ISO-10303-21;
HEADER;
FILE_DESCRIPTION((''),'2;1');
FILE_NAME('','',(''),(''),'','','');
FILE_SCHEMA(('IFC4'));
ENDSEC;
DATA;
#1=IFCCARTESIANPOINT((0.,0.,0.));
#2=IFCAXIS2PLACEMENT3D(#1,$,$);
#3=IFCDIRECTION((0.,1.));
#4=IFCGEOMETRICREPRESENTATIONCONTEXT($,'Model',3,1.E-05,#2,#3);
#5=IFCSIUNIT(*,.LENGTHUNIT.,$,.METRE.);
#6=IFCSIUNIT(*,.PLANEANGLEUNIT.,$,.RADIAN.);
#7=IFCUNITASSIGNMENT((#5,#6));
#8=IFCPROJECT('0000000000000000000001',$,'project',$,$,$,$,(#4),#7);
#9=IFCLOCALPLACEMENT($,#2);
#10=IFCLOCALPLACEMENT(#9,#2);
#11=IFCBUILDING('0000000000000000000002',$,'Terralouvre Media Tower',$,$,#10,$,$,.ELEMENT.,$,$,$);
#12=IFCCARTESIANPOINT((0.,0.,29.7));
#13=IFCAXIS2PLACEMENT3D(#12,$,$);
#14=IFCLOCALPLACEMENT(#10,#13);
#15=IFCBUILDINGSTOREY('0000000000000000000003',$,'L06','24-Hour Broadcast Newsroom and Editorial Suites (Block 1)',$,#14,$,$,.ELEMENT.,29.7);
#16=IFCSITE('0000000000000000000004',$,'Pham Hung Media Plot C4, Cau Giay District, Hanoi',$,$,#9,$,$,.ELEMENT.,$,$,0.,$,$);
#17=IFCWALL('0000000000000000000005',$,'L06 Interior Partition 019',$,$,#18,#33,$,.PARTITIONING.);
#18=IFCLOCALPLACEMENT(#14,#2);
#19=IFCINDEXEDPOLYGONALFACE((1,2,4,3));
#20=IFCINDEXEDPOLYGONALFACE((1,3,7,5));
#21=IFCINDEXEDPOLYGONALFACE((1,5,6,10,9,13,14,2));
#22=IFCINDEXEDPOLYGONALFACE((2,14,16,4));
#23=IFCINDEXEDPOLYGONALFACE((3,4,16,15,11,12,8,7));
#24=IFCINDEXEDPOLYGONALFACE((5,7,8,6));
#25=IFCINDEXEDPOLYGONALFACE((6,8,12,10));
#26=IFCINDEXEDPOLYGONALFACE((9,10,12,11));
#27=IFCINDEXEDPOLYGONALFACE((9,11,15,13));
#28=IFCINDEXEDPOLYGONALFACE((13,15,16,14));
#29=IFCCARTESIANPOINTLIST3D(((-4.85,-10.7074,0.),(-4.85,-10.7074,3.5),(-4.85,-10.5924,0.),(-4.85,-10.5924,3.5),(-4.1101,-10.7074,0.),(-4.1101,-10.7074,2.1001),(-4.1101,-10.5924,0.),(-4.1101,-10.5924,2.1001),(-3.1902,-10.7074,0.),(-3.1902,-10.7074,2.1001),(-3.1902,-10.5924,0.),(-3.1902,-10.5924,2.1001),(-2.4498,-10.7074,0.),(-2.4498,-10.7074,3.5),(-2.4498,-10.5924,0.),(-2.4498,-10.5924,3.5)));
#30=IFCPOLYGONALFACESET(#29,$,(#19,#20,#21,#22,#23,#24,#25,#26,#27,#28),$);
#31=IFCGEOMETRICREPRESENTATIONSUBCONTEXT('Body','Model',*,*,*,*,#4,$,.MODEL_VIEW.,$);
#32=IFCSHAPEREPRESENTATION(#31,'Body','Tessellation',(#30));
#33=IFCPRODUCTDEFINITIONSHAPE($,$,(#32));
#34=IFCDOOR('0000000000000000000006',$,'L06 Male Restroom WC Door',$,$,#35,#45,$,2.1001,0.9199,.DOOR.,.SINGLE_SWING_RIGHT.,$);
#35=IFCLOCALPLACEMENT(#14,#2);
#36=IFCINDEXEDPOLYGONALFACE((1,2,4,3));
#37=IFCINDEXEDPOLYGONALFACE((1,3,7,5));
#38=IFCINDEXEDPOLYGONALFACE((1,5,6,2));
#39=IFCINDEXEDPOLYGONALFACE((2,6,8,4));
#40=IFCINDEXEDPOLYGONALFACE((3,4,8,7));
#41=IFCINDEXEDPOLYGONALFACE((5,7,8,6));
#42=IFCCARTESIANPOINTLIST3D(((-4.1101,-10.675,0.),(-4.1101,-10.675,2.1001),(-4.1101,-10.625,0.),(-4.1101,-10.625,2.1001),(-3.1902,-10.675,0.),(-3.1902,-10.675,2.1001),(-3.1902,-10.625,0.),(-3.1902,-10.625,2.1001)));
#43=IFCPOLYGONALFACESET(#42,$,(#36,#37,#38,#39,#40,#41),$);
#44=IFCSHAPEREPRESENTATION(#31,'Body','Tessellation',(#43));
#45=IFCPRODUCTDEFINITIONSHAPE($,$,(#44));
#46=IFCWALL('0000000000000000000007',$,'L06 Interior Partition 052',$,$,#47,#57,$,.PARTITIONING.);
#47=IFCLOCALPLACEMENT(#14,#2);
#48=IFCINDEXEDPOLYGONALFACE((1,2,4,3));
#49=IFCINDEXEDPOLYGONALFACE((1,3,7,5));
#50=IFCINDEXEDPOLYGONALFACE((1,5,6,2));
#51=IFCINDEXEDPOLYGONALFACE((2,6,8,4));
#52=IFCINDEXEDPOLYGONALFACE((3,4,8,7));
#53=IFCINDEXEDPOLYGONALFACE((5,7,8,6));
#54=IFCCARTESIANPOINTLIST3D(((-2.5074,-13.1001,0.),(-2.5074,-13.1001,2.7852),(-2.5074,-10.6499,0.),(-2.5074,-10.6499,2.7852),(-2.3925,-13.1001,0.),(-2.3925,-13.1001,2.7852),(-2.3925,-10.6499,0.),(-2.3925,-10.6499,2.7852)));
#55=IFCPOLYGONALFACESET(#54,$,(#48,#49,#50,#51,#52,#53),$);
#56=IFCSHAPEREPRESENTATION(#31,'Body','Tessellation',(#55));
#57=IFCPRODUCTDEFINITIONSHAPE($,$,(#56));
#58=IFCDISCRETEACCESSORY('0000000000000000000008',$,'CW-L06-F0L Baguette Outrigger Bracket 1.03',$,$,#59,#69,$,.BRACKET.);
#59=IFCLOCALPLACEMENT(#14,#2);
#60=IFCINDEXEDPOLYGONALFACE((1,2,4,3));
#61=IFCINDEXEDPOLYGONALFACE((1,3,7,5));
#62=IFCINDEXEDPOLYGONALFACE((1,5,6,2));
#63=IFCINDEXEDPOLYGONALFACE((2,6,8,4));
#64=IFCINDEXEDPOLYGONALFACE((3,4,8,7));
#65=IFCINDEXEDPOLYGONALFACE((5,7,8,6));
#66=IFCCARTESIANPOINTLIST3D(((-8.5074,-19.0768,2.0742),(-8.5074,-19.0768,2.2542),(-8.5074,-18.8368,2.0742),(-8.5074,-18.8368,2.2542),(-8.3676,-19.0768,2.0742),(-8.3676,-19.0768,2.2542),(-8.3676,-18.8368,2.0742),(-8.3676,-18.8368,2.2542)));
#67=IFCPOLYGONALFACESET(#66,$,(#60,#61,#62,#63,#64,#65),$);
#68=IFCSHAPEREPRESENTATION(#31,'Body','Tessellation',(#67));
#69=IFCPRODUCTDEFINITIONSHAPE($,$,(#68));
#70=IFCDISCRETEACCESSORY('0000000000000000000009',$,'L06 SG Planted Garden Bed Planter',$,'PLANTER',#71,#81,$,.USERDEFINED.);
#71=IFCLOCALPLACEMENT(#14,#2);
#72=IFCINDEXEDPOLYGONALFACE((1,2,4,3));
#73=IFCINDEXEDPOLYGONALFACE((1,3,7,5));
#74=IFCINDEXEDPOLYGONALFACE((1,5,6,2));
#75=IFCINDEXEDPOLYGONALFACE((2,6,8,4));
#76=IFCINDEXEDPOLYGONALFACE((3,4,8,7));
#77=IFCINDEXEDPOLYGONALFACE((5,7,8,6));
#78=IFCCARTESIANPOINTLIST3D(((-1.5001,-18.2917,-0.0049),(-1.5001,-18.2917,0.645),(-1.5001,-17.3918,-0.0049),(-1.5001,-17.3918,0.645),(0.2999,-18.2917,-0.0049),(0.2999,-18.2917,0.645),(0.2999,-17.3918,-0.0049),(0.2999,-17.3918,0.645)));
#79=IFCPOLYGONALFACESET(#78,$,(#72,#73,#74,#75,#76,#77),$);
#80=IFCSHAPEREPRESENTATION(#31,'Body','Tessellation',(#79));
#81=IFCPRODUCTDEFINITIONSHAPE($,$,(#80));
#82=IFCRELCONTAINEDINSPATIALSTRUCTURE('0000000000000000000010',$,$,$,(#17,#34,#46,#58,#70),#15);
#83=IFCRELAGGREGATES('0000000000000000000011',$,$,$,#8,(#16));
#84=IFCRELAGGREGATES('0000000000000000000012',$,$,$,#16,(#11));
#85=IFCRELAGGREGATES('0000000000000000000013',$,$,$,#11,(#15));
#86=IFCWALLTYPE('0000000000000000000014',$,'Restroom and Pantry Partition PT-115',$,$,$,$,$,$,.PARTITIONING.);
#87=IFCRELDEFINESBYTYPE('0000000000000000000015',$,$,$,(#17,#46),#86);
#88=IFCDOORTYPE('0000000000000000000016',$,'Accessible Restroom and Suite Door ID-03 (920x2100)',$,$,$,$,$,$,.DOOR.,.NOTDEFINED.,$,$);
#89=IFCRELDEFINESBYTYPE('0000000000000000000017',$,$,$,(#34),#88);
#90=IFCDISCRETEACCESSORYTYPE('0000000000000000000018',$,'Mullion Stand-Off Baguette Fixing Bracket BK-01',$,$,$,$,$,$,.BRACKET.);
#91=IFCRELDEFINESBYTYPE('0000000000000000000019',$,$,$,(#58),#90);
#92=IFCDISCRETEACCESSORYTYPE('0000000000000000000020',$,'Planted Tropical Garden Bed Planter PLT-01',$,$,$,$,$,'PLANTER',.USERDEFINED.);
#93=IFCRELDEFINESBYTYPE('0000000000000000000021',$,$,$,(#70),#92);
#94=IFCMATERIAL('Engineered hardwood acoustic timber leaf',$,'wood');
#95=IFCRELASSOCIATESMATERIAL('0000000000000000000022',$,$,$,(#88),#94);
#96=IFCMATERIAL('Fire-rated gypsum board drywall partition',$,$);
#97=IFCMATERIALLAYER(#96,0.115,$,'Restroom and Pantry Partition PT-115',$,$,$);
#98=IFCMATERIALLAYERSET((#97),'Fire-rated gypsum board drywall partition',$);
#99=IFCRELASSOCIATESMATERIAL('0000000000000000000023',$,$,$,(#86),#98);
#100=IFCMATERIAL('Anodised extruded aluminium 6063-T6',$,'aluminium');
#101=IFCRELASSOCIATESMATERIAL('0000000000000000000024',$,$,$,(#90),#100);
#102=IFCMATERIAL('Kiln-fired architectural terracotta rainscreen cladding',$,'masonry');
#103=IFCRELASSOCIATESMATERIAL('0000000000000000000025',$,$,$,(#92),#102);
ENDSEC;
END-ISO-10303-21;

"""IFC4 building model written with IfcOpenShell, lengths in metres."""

from ifc_helpers import new_model, si_unit, direction, frame, frame_2d, origin, origin_2d, place, context, subcontext, project, spatial, rectangle, extrude, material, layer, layer_set, type_object, element, fill, save


model = new_model("IFC4")

# Units and contexts
model_context = context("Model", 3, precision=1e-05, world=origin(), true_north=direction((0.0, 1.0)))
body_context = subcontext(model_context, "Body", "Model", "MODEL_VIEW")
ifc_project = project(units=[si_unit("LENGTHUNIT", "METRE"), si_unit("PLANEANGLEUNIT", "RADIAN")], contexts=[model_context])

# Site, building, storey
site_placement = place(None, origin())
site = spatial("IfcSite", under=ifc_project, at=site_placement, Name="Pham Hung Media Plot C4, Cau Giay District, Hanoi", CompositionType="ELEMENT", RefElevation=0.0)
building_placement = place(site_placement, origin())
building = spatial("IfcBuilding", under=site, at=building_placement, Name="Terralouvre Media Tower", CompositionType="ELEMENT")
storey_placement = place(building_placement, frame((0.0, 0.0, 29.7)))
storey = spatial("IfcBuildingStorey", under=building, at=storey_placement, Name="L06", Description="24-Hour Broadcast Newsroom and Editorial Suites (Block 1)", CompositionType="ELEMENT", Elevation=29.7)

# Shared definitions
ifc_material_1 = material(Name="Engineered hardwood acoustic timber leaf", Category="wood")
door_type_1 = type_object("IfcDoorType", Name="Accessible Restroom and Suite Door ID-03 (920x2100)", OperationType="NOTDEFINED", PredefinedType="DOOR", material=ifc_material_1)

# Wall, opening, door
ifc_material_2 = material(Name="Fire-rated gypsum board drywall partition")
ifc_layer_1 = layer(ifc_material_2, 0.115, Name="Restroom and Pantry Partition PT-115")
ifc_layer_set_1 = layer_set([ifc_layer_1], Name="Fire-rated gypsum board drywall partition")
wall_type_1 = type_object("IfcWallType", Name="Restroom and Pantry Partition PT-115", PredefinedType="PARTITIONING", material=ifc_layer_set_1)
wall_1_placement = place(storey_placement, frame((-4.8501, -10.6499, 0.0), z_axis=(0.0, 0.0, 1.0), x_axis=(1.0, 0.0, 0.0)))
wall_1 = element("IfcWall", 1, at=wall_1_placement, inside=storey, type_object=wall_type_1, Name="L06 Interior Partition 019", PredefinedType="PARTITIONING", context=body_context, shape_type="SweptSolid", body=[
    extrude(rectangle(XDim=2.4001, YDim=0.115, at=frame_2d((1.2002, 0.0))), origin(), (0.0, 0.0, 1.0), 3.5),
])
opening_1_placement = place(wall_1_placement, frame((0.74, 0.0, 0.0)))
opening_1 = element("IfcOpeningElement", 2, at=opening_1_placement, cuts=wall_1, PredefinedType="OPENING", context=body_context, shape_type="SweptSolid", body=[
    extrude(rectangle(XDim=0.9199, YDim=2.1001, at=frame_2d((0.46, 1.05))), frame((0.0, 0.0674, 0.0), z_axis=(0.0, -1.0, 0.0), x_axis=(1.0, 0.0, 0.0)), (0.0, 0.0, 1.0), 0.135),
])
door_1_placement = place(opening_1_placement, origin())
door_1 = element("IfcDoor", 3, at=door_1_placement, inside=storey, type_object=door_type_1, Name="L06 Male Restroom WC Door", OperationType="SINGLE_SWING_RIGHT", OverallHeight=2.1001, OverallWidth=0.9199, PredefinedType="DOOR", context=body_context, shape_type="SweptSolid", body=[
    extrude(rectangle(XDim=0.9199, YDim=2.1001, at=frame_2d((0.46, 1.05))), frame((0.0, 0.0249, 0.0), z_axis=(0.0, -1.0, 0.0), x_axis=(1.0, 0.0, 0.0)), (0.0, 0.0, 1.0), 0.05),
])
fill(opening_1, door_1)

# Wall
wall_2_placement = place(storey_placement, frame((-2.45, -13.1001, 0.0), z_axis=(0.0, 0.0, 1.0), x_axis=(0.0, 1.0, 0.0)))
element("IfcWall", 4, at=wall_2_placement, inside=storey, type_object=wall_type_1, Name="L06 Interior Partition 052", PredefinedType="PARTITIONING", context=body_context, shape_type="SweptSolid", body=[
    extrude(rectangle(XDim=2.4502, YDim=0.115, at=frame_2d((1.2251, 0.0))), origin(), (0.0, 0.0, 1.0), 2.7852),
])

# Discrete accessories
ifc_material_3 = material(Name="Anodised extruded aluminium 6063-T6", Category="aluminium")
discrete_accessory_type_1 = type_object("IfcDiscreteAccessoryType", Name="Mullion Stand-Off Baguette Fixing Bracket BK-01", PredefinedType="BRACKET", material=ifc_material_3)
discrete_accessory_1_placement = place(storey_placement, frame((-8.4375, -18.9568, 2.0742), z_axis=(0.0, 0.0, 1.0), x_axis=(1.0, 0.0, 0.0)))
element("IfcDiscreteAccessory", 5, at=discrete_accessory_1_placement, inside=storey, type_object=discrete_accessory_type_1, Name="CW-L06-F0L Baguette Outrigger Bracket 1.03", PredefinedType="BRACKET", context=body_context, shape_type="SweptSolid", body=[
    extrude(rectangle(XDim=0.1399, YDim=0.24, at=origin_2d()), origin(), (0.0, 0.0, 1.0), 0.1799),
])
ifc_material_4 = material(Name="Kiln-fired architectural terracotta rainscreen cladding", Category="masonry")
discrete_accessory_type_2 = type_object("IfcDiscreteAccessoryType", Name="Planted Tropical Garden Bed Planter PLT-01", ElementType="PLANTER", PredefinedType="USERDEFINED", material=ifc_material_4)
discrete_accessory_2_placement = place(storey_placement, frame((-0.6001, -17.8418, -0.0049), z_axis=(0.0, 0.0, 1.0), x_axis=(1.0, 0.0, 0.0)))
element("IfcDiscreteAccessory", 6, at=discrete_accessory_2_placement, inside=storey, type_object=discrete_accessory_type_2, Name="L06 SG Planted Garden Bed Planter", ObjectType="PLANTER", PredefinedType="USERDEFINED", context=body_context, shape_type="SweptSolid", body=[
    extrude(rectangle(XDim=1.8, YDim=0.8999, at=origin_2d()), origin(), (0.0, 0.0, 1.0), 0.6499),
])

save(model, "model.ifc")
